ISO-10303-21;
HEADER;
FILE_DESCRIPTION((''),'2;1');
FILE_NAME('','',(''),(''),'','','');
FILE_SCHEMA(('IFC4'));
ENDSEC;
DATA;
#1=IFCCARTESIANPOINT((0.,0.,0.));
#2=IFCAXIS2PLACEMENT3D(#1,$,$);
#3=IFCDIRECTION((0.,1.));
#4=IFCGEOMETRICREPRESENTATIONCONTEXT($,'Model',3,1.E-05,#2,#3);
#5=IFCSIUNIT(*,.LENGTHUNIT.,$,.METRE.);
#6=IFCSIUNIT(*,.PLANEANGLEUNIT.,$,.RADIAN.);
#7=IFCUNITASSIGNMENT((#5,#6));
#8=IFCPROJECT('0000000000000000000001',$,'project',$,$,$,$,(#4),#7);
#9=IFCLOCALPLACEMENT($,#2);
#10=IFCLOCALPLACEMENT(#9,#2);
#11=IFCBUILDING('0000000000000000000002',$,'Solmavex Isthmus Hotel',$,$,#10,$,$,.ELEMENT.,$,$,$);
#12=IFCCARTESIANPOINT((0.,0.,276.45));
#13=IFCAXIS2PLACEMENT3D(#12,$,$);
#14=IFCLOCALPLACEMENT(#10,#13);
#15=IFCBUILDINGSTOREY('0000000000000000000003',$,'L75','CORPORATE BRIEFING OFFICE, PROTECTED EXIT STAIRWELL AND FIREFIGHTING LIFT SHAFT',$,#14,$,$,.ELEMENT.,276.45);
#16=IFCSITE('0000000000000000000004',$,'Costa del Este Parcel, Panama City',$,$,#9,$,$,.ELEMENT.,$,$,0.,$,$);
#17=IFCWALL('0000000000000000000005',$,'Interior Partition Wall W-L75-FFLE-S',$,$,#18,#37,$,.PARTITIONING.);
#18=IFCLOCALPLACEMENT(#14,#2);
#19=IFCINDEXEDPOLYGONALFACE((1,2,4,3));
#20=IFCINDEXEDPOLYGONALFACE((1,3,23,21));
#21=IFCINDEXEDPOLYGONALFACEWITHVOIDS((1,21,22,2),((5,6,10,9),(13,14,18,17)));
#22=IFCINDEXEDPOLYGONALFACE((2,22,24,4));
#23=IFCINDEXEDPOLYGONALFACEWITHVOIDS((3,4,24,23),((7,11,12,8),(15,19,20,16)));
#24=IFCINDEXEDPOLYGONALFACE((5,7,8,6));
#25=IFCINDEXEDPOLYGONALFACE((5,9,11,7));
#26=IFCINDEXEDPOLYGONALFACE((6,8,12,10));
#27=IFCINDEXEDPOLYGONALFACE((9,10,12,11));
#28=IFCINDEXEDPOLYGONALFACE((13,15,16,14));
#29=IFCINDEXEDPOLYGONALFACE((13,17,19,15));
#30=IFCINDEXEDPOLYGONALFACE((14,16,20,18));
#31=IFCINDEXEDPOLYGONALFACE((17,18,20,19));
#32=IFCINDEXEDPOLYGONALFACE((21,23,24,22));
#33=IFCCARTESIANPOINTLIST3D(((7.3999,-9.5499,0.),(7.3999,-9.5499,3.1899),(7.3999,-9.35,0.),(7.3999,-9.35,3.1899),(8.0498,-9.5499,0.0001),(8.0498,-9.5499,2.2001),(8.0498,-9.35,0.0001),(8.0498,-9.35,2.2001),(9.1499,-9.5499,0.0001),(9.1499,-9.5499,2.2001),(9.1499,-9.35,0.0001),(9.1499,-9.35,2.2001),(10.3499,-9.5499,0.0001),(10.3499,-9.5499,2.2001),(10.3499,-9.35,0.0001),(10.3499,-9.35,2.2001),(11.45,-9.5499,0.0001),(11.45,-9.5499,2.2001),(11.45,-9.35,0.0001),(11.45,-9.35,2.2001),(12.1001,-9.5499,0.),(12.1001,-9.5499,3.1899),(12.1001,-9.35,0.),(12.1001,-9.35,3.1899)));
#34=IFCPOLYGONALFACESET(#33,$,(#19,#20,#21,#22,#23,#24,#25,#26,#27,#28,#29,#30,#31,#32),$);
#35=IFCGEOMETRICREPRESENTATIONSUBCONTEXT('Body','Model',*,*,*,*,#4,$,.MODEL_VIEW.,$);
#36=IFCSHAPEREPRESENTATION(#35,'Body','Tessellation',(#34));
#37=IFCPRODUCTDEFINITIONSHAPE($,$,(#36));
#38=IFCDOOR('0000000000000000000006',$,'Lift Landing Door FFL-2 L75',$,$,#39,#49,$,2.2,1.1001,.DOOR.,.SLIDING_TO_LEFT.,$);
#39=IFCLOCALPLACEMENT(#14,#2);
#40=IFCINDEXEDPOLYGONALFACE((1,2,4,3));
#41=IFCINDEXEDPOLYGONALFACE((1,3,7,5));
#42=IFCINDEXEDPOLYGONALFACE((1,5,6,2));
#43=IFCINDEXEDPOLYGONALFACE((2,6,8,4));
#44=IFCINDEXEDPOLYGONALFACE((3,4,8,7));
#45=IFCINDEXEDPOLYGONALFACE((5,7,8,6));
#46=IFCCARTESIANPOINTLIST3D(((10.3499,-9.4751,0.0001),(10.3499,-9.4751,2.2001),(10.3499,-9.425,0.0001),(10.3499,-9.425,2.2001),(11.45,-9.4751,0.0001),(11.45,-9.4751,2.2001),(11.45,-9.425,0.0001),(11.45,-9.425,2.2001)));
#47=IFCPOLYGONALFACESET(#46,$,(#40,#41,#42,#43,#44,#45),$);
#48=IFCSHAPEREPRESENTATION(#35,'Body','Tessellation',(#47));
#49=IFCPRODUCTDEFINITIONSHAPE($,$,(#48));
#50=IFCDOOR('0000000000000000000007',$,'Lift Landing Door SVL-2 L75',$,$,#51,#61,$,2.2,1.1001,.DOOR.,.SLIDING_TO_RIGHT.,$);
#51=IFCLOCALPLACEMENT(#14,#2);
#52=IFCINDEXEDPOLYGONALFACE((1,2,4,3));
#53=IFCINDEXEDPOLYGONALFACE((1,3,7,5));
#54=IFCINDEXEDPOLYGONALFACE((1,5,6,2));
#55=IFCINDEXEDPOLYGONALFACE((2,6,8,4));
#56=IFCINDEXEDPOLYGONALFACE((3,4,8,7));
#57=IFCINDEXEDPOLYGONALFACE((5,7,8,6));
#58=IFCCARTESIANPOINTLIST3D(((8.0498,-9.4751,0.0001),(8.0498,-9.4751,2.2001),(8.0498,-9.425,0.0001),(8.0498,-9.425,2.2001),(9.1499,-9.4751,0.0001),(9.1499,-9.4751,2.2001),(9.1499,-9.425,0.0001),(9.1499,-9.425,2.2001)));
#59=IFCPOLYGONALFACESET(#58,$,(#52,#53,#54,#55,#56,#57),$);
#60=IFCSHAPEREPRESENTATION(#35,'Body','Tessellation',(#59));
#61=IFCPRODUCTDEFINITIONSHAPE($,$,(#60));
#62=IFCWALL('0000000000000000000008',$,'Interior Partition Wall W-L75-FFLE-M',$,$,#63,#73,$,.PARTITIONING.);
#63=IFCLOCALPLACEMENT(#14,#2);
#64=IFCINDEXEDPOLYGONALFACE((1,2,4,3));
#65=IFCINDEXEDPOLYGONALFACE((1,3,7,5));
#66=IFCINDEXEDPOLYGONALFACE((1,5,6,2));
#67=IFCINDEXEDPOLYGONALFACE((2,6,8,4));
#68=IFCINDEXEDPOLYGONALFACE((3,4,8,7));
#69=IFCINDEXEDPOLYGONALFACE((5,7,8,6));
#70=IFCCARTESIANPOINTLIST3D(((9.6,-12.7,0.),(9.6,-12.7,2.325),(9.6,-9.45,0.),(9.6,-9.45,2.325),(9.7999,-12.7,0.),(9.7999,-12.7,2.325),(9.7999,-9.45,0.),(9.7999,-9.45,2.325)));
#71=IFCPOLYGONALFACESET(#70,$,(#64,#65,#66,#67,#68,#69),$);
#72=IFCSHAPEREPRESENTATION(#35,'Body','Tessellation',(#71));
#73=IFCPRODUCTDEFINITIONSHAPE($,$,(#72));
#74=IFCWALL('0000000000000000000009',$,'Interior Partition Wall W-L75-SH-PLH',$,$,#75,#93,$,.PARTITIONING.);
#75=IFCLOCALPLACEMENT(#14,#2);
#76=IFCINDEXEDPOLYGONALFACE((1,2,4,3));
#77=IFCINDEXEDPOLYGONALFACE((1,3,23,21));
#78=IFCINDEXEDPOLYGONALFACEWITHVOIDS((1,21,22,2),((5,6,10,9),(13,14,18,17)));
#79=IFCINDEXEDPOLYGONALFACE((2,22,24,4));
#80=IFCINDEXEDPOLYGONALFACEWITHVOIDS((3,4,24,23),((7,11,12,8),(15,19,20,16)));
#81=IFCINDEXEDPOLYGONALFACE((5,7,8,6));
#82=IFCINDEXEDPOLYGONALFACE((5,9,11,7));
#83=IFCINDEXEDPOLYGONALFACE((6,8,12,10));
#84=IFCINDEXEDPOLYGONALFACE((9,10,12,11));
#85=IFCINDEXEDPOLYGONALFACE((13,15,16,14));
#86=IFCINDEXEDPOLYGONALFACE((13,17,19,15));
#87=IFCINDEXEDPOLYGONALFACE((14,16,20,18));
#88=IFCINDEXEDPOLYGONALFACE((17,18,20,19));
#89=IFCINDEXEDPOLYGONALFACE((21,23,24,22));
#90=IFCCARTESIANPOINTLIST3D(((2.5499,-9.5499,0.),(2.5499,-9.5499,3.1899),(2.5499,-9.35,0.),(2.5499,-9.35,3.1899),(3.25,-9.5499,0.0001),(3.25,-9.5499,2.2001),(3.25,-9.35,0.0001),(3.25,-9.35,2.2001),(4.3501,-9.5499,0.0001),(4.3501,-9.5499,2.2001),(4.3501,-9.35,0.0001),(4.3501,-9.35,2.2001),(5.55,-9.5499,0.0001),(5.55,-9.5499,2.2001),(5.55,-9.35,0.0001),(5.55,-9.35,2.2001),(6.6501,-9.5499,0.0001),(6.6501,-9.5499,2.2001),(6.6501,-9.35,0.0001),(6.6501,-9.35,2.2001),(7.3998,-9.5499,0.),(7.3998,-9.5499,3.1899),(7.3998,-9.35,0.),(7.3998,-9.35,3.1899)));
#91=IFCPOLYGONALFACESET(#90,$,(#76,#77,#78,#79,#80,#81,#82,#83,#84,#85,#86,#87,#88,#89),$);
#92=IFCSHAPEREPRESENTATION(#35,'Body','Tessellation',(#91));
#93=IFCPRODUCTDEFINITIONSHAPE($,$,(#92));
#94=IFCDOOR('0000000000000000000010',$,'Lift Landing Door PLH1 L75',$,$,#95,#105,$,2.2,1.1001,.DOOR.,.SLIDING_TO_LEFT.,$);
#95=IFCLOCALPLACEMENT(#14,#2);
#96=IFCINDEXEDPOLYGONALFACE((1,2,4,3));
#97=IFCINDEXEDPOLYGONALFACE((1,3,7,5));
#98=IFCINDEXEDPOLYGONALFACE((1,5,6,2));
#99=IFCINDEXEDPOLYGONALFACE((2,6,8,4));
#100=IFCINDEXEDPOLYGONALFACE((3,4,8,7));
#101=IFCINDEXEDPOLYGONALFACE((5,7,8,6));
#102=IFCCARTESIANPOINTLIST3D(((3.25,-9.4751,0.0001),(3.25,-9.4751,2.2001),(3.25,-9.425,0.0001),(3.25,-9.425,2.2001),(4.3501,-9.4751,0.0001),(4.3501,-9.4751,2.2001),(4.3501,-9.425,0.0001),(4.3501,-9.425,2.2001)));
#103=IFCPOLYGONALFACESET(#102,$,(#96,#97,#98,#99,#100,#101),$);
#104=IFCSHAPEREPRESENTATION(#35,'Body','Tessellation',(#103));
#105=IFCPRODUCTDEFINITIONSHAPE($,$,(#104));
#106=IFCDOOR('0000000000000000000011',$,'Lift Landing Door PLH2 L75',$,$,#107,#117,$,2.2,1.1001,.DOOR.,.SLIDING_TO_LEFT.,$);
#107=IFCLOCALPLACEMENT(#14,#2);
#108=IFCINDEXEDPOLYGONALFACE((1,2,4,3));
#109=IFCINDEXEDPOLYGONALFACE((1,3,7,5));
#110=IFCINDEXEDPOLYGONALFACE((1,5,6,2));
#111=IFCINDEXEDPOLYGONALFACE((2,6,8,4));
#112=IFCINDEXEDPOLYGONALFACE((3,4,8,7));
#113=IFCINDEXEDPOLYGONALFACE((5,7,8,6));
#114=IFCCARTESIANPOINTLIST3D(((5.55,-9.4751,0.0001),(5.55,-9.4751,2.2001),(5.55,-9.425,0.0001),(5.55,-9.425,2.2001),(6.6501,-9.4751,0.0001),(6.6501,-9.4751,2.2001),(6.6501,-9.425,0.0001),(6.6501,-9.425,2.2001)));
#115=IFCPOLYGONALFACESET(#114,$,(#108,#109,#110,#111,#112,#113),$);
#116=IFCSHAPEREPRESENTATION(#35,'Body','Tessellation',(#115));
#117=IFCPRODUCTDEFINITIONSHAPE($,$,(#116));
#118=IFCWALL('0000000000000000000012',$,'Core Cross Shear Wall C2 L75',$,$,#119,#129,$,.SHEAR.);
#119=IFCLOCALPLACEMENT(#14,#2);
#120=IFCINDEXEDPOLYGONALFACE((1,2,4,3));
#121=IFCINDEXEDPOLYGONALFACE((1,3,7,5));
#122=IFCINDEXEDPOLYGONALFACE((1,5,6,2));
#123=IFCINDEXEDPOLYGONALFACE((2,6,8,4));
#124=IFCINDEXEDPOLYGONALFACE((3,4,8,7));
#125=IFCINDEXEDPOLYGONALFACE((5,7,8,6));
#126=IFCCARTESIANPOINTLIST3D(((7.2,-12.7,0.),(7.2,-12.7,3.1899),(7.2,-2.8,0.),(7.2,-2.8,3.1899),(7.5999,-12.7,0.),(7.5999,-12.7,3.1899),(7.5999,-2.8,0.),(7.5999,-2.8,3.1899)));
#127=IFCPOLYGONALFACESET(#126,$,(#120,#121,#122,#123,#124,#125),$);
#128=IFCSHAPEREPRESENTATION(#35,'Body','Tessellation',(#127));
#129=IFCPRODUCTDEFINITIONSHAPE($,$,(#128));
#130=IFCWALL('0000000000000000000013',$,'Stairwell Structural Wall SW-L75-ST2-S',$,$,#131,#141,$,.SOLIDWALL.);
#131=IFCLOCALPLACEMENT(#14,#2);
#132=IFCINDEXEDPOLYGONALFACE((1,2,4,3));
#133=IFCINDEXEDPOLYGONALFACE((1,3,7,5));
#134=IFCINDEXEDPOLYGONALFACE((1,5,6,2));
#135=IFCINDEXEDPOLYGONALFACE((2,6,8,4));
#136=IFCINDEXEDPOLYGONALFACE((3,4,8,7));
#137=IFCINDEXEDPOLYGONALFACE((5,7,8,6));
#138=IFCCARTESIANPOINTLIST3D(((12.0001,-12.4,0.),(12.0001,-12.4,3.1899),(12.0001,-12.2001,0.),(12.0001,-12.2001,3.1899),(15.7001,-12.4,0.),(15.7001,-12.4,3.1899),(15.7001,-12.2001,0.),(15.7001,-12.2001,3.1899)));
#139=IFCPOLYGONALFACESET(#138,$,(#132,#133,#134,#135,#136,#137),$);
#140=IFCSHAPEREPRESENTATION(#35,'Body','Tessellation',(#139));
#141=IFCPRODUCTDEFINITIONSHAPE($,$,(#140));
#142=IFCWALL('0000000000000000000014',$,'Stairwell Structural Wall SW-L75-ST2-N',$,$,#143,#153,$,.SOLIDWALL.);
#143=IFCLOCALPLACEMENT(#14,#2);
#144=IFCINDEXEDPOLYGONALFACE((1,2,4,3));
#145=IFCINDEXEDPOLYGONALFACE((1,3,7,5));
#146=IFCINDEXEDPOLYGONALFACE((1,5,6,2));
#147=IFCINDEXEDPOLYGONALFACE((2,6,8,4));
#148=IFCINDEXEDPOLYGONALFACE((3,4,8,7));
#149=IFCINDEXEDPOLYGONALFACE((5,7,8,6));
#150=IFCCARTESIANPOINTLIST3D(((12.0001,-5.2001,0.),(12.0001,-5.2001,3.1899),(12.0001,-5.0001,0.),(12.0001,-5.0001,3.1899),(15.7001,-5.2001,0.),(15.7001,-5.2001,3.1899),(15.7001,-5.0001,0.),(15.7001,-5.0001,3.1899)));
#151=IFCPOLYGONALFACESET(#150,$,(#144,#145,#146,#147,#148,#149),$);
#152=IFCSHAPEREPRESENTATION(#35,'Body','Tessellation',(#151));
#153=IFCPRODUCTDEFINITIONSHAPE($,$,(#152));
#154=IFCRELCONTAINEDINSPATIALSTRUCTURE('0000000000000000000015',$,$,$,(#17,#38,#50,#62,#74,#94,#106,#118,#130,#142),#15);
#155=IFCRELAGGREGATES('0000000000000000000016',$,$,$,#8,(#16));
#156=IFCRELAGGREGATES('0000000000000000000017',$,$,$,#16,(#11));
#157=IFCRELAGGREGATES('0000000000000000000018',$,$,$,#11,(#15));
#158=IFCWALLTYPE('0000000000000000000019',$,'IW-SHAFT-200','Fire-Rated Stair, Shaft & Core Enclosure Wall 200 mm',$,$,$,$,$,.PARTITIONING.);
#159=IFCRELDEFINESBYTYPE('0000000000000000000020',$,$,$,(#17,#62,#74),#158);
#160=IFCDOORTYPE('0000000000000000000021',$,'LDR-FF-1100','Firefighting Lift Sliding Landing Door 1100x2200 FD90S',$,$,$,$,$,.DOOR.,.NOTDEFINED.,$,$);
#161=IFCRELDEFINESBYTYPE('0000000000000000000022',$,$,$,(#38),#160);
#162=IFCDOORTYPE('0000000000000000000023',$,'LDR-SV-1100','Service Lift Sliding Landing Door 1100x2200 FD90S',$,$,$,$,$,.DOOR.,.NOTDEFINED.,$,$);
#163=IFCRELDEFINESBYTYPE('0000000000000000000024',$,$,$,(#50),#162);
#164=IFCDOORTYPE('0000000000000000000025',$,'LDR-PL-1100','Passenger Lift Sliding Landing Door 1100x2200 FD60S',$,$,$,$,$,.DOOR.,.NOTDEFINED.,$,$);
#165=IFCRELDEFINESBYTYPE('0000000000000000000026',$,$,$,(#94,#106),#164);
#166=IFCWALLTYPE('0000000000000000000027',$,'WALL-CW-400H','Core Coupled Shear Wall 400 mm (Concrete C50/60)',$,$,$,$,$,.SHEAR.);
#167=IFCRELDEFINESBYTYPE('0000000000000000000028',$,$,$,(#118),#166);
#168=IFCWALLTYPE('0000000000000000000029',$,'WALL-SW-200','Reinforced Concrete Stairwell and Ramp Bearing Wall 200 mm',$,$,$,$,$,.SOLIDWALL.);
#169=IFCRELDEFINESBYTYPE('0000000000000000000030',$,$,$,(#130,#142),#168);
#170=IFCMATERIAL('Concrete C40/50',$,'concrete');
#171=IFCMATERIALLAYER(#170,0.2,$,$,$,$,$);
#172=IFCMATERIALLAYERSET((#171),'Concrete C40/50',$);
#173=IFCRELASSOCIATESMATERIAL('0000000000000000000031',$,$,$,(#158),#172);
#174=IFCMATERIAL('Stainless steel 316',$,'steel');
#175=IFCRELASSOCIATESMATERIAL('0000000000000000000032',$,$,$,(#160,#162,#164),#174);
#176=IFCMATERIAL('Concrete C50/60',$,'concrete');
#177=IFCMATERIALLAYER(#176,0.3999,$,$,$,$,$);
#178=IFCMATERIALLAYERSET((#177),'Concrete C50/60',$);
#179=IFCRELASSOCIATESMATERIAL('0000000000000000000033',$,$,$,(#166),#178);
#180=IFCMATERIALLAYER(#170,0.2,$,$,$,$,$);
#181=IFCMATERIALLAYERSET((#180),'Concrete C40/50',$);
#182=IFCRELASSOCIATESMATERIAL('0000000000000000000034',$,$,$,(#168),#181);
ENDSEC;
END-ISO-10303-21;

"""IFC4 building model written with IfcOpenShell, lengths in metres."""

from ifc_helpers import new_model, si_unit, direction, frame, frame_2d, origin, place, context, subcontext, project, spatial, rectangle, extrude, material, layer, layer_set, type_object, element, fill, save


model = new_model("IFC4")

# Units and contexts
model_context = context("Model", 3, precision=1e-05, world=origin(), true_north=direction((0.0, 1.0)))
body_context = subcontext(model_context, "Body", "Model", "MODEL_VIEW")
ifc_project = project(units=[si_unit("LENGTHUNIT", "METRE"), si_unit("PLANEANGLEUNIT", "RADIAN")], contexts=[model_context])

# Site, building, storey
site_placement = place(None, origin())
site = spatial("IfcSite", under=ifc_project, at=site_placement, Name="Costa del Este Parcel, Panama City", CompositionType="ELEMENT", RefElevation=0.0)
building_placement = place(site_placement, origin())
building = spatial("IfcBuilding", under=site, at=building_placement, Name="Solmavex Isthmus Hotel", CompositionType="ELEMENT")
storey_placement = place(building_placement, frame((0.0, 0.0, 276.45)))
storey = spatial("IfcBuildingStorey", under=building, at=storey_placement, Name="L75", Description="CORPORATE BRIEFING OFFICE, PROTECTED EXIT STAIRWELL AND FIREFIGHTING LIFT SHAFT", CompositionType="ELEMENT", Elevation=276.45)

# Shared definitions
ifc_material_1 = material(Name="Concrete C50/60", Category="concrete")

# Shared definitions
ifc_material_2 = material(Name="Concrete C40/50", Category="concrete")

# Shared definitions
ifc_layer_1 = layer(ifc_material_2, 0.2)
ifc_layer_set_1 = layer_set([ifc_layer_1], Name="Concrete C40/50")
wall_type_1 = type_object("IfcWallType", Name="IW-SHAFT-200", Description="Fire-Rated Stair, Shaft & Core Enclosure Wall 200 mm", PredefinedType="PARTITIONING", material=ifc_layer_set_1)

# Wall, openings, doors
wall_1_placement = place(storey_placement, frame((7.3999, -9.45, 0.0), z_axis=(0.0, 0.0, 1.0), x_axis=(1.0, 0.0, 0.0)))
wall_1 = element("IfcWall", 1, at=wall_1_placement, inside=storey, type_object=wall_type_1, Name="Interior Partition Wall W-L75-FFLE-S", PredefinedType="PARTITIONING", context=body_context, shape_type="SweptSolid", body=[
    extrude(rectangle(XDim=4.7002, YDim=0.2, at=frame_2d((2.3501, 0.0))), origin(), (0.0, 0.0, 1.0), 3.1899),
])
opening_1_placement = place(wall_1_placement, frame((2.95, 0.0, 0.0)))
opening_1 = element("IfcOpeningElement", 2, at=opening_1_placement, cuts=wall_1, PredefinedType="OPENING", context=body_context, shape_type="SweptSolid", body=[
    extrude(rectangle(XDim=1.1001, YDim=2.2, at=frame_2d((0.55, 1.1001))), frame((0.0, 0.1099, 0.0), z_axis=(0.0, -1.0, 0.0), x_axis=(1.0, 0.0, 0.0)), (0.0, 0.0, 1.0), 0.22),
])
opening_2_placement = place(wall_1_placement, frame((0.6499, 0.0, 0.0)))
opening_2 = element("IfcOpeningElement", 3, at=opening_2_placement, cuts=wall_1, PredefinedType="OPENING", context=body_context, shape_type="SweptSolid", body=[
    extrude(rectangle(XDim=1.1001, YDim=2.2, at=frame_2d((0.55, 1.1001))), frame((0.0, 0.1099, 0.0), z_axis=(0.0, -1.0, 0.0), x_axis=(1.0, 0.0, 0.0)), (0.0, 0.0, 1.0), 0.22),
])
ifc_material_3 = material(Name="Stainless steel 316", Category="steel")
door_type_1 = type_object("IfcDoorType", Name="LDR-FF-1100", Description="Firefighting Lift Sliding Landing Door 1100x2200 FD90S", OperationType="NOTDEFINED", PredefinedType="DOOR", material=ifc_material_3)
door_1_placement = place(opening_1_placement, origin())
door_1 = element("IfcDoor", 4, at=door_1_placement, inside=storey, type_object=door_type_1, Name="Lift Landing Door FFL-2 L75", OperationType="SLIDING_TO_LEFT", OverallHeight=2.2, OverallWidth=1.1001, PredefinedType="DOOR", context=body_context, shape_type="SweptSolid", body=[
    extrude(rectangle(XDim=1.1001, YDim=2.2, at=frame_2d((0.55, 1.1001))), frame((0.0, 0.0249, 0.0), z_axis=(0.0, -1.0, 0.0), x_axis=(1.0, 0.0, 0.0)), (0.0, 0.0, 1.0), 0.05),
])
fill(opening_1, door_1)
door_type_2 = type_object("IfcDoorType", Name="LDR-SV-1100", Description="Service Lift Sliding Landing Door 1100x2200 FD90S", OperationType="NOTDEFINED", PredefinedType="DOOR", material=ifc_material_3)
door_2_placement = place(opening_2_placement, origin())
door_2 = element("IfcDoor", 5, at=door_2_placement, inside=storey, type_object=door_type_2, Name="Lift Landing Door SVL-2 L75", OperationType="SLIDING_TO_RIGHT", OverallHeight=2.2, OverallWidth=1.1001, PredefinedType="DOOR", context=body_context, shape_type="SweptSolid", body=[
    extrude(rectangle(XDim=1.1001, YDim=2.2, at=frame_2d((0.55, 1.1001))), frame((0.0, 0.0249, 0.0), z_axis=(0.0, -1.0, 0.0), x_axis=(1.0, 0.0, 0.0)), (0.0, 0.0, 1.0), 0.05),
])
fill(opening_2, door_2)

# Wall
wall_2_placement = place(storey_placement, frame((9.7, -12.7, 0.0), z_axis=(0.0, 0.0, 1.0), x_axis=(0.0, 1.0, 0.0)))
element("IfcWall", 6, at=wall_2_placement, inside=storey, type_object=wall_type_1, Name="Interior Partition Wall W-L75-FFLE-M", PredefinedType="PARTITIONING", context=body_context, shape_type="SweptSolid", body=[
    extrude(rectangle(XDim=3.25, YDim=0.2, at=frame_2d((1.625, 0.0))), origin(), (0.0, 0.0, 1.0), 2.325),
])

# Wall, openings, doors
wall_3_placement = place(storey_placement, frame((2.55, -9.45, 0.0), z_axis=(0.0, 0.0, 1.0), x_axis=(1.0, 0.0, 0.0)))
wall_3 = element("IfcWall", 7, at=wall_3_placement, inside=storey, type_object=wall_type_1, Name="Interior Partition Wall W-L75-SH-PLH", PredefinedType="PARTITIONING", context=body_context, shape_type="SweptSolid", body=[
    extrude(rectangle(XDim=4.8499, YDim=0.2, at=frame_2d((2.4248, 0.0))), origin(), (0.0, 0.0, 1.0), 3.1899),
])
opening_3_placement = place(wall_3_placement, frame((0.7, 0.0, 0.0)))
opening_3 = element("IfcOpeningElement", 8, at=opening_3_placement, cuts=wall_3, PredefinedType="OPENING", context=body_context, shape_type="SweptSolid", body=[
    extrude(rectangle(XDim=1.1001, YDim=2.2, at=frame_2d((0.55, 1.1001))), frame((0.0, 0.1099, 0.0), z_axis=(0.0, -1.0, 0.0), x_axis=(1.0, 0.0, 0.0)), (0.0, 0.0, 1.0), 0.22),
])
opening_4_placement = place(wall_3_placement, frame((3.0, 0.0, 0.0)))
opening_4 = element("IfcOpeningElement", 9, at=opening_4_placement, cuts=wall_3, PredefinedType="OPENING", context=body_context, shape_type="SweptSolid", body=[
    extrude(rectangle(XDim=1.1001, YDim=2.2, at=frame_2d((0.55, 1.1001))), frame((0.0, 0.1099, 0.0), z_axis=(0.0, -1.0, 0.0), x_axis=(1.0, 0.0, 0.0)), (0.0, 0.0, 1.0), 0.22),
])
door_type_3 = type_object("IfcDoorType", Name="LDR-PL-1100", Description="Passenger Lift Sliding Landing Door 1100x2200 FD60S", OperationType="NOTDEFINED", PredefinedType="DOOR", material=ifc_material_3)
door_3_placement = place(opening_3_placement, origin())
door_3 = element("IfcDoor", 10, at=door_3_placement, inside=storey, type_object=door_type_3, Name="Lift Landing Door PLH1 L75", OperationType="SLIDING_TO_LEFT", OverallHeight=2.2, OverallWidth=1.1001, PredefinedType="DOOR", context=body_context, shape_type="SweptSolid", body=[
    extrude(rectangle(XDim=1.1001, YDim=2.2, at=frame_2d((0.55, 1.1001))), frame((0.0, 0.0249, 0.0), z_axis=(0.0, -1.0, 0.0), x_axis=(1.0, 0.0, 0.0)), (0.0, 0.0, 1.0), 0.05),
])
fill(opening_3, door_3)
door_4_placement = place(opening_4_placement, origin())
door_4 = element("IfcDoor", 11, at=door_4_placement, inside=storey, type_object=door_type_3, Name="Lift Landing Door PLH2 L75", OperationType="SLIDING_TO_LEFT", OverallHeight=2.2, OverallWidth=1.1001, PredefinedType="DOOR", context=body_context, shape_type="SweptSolid", body=[
    extrude(rectangle(XDim=1.1001, YDim=2.2, at=frame_2d((0.55, 1.1001))), frame((0.0, 0.0249, 0.0), z_axis=(0.0, -1.0, 0.0), x_axis=(1.0, 0.0, 0.0)), (0.0, 0.0, 1.0), 0.05),
])
fill(opening_4, door_4)

# Walls
ifc_layer_2 = layer(ifc_material_1, 0.3999)
ifc_layer_set_2 = layer_set([ifc_layer_2], Name="Concrete C50/60")
wall_type_2 = type_object("IfcWallType", Name="WALL-CW-400H", Description="Core Coupled Shear Wall 400 mm (Concrete C50/60)", PredefinedType="SHEAR", material=ifc_layer_set_2)
wall_4_placement = place(storey_placement, frame((7.3999, -12.7, 0.0), z_axis=(0.0, 0.0, 1.0), x_axis=(0.0, 1.0, 0.0)))
element("IfcWall", 12, at=wall_4_placement, inside=storey, type_object=wall_type_2, Name="Core Cross Shear Wall C2 L75", PredefinedType="SHEAR", context=body_context, shape_type="SweptSolid", body=[
    extrude(rectangle(XDim=9.8999, YDim=0.3999, at=frame_2d((4.95, 0.0))), origin(), (0.0, 0.0, 1.0), 3.1899),
])
ifc_layer_3 = layer(ifc_material_2, 0.2)
ifc_layer_set_3 = layer_set([ifc_layer_3], Name="Concrete C40/50")
wall_type_3 = type_object("IfcWallType", Name="WALL-SW-200", Description="Reinforced Concrete Stairwell and Ramp Bearing Wall 200 mm", PredefinedType="SOLIDWALL", material=ifc_layer_set_3)
for number, where, z_axis, x_axis, name in (
    (13, (12.0, -12.3, 0.0), (0.0, 0.0, 1.0), (1.0, 0.0, 0.0), "Stairwell Structural Wall SW-L75-ST2-S"),
    (14, (12.0, -5.1001, 0.0), (0.0, 0.0, 1.0), (1.0, 0.0, 0.0), "Stairwell Structural Wall SW-L75-ST2-N"),
):
    element("IfcWall", number, at=place(storey_placement, frame(where, z_axis=z_axis, x_axis=x_axis)), inside=storey, type_object=wall_type_3, Name=name, PredefinedType="SOLIDWALL", context=body_context, shape_type="SweptSolid", body=[
        extrude(rectangle(XDim=3.7, YDim=0.2, at=frame_2d((1.8501, 0.0))), origin(), (0.0, 0.0, 1.0), 3.1899),
    ])

save(model, "model.ifc")
